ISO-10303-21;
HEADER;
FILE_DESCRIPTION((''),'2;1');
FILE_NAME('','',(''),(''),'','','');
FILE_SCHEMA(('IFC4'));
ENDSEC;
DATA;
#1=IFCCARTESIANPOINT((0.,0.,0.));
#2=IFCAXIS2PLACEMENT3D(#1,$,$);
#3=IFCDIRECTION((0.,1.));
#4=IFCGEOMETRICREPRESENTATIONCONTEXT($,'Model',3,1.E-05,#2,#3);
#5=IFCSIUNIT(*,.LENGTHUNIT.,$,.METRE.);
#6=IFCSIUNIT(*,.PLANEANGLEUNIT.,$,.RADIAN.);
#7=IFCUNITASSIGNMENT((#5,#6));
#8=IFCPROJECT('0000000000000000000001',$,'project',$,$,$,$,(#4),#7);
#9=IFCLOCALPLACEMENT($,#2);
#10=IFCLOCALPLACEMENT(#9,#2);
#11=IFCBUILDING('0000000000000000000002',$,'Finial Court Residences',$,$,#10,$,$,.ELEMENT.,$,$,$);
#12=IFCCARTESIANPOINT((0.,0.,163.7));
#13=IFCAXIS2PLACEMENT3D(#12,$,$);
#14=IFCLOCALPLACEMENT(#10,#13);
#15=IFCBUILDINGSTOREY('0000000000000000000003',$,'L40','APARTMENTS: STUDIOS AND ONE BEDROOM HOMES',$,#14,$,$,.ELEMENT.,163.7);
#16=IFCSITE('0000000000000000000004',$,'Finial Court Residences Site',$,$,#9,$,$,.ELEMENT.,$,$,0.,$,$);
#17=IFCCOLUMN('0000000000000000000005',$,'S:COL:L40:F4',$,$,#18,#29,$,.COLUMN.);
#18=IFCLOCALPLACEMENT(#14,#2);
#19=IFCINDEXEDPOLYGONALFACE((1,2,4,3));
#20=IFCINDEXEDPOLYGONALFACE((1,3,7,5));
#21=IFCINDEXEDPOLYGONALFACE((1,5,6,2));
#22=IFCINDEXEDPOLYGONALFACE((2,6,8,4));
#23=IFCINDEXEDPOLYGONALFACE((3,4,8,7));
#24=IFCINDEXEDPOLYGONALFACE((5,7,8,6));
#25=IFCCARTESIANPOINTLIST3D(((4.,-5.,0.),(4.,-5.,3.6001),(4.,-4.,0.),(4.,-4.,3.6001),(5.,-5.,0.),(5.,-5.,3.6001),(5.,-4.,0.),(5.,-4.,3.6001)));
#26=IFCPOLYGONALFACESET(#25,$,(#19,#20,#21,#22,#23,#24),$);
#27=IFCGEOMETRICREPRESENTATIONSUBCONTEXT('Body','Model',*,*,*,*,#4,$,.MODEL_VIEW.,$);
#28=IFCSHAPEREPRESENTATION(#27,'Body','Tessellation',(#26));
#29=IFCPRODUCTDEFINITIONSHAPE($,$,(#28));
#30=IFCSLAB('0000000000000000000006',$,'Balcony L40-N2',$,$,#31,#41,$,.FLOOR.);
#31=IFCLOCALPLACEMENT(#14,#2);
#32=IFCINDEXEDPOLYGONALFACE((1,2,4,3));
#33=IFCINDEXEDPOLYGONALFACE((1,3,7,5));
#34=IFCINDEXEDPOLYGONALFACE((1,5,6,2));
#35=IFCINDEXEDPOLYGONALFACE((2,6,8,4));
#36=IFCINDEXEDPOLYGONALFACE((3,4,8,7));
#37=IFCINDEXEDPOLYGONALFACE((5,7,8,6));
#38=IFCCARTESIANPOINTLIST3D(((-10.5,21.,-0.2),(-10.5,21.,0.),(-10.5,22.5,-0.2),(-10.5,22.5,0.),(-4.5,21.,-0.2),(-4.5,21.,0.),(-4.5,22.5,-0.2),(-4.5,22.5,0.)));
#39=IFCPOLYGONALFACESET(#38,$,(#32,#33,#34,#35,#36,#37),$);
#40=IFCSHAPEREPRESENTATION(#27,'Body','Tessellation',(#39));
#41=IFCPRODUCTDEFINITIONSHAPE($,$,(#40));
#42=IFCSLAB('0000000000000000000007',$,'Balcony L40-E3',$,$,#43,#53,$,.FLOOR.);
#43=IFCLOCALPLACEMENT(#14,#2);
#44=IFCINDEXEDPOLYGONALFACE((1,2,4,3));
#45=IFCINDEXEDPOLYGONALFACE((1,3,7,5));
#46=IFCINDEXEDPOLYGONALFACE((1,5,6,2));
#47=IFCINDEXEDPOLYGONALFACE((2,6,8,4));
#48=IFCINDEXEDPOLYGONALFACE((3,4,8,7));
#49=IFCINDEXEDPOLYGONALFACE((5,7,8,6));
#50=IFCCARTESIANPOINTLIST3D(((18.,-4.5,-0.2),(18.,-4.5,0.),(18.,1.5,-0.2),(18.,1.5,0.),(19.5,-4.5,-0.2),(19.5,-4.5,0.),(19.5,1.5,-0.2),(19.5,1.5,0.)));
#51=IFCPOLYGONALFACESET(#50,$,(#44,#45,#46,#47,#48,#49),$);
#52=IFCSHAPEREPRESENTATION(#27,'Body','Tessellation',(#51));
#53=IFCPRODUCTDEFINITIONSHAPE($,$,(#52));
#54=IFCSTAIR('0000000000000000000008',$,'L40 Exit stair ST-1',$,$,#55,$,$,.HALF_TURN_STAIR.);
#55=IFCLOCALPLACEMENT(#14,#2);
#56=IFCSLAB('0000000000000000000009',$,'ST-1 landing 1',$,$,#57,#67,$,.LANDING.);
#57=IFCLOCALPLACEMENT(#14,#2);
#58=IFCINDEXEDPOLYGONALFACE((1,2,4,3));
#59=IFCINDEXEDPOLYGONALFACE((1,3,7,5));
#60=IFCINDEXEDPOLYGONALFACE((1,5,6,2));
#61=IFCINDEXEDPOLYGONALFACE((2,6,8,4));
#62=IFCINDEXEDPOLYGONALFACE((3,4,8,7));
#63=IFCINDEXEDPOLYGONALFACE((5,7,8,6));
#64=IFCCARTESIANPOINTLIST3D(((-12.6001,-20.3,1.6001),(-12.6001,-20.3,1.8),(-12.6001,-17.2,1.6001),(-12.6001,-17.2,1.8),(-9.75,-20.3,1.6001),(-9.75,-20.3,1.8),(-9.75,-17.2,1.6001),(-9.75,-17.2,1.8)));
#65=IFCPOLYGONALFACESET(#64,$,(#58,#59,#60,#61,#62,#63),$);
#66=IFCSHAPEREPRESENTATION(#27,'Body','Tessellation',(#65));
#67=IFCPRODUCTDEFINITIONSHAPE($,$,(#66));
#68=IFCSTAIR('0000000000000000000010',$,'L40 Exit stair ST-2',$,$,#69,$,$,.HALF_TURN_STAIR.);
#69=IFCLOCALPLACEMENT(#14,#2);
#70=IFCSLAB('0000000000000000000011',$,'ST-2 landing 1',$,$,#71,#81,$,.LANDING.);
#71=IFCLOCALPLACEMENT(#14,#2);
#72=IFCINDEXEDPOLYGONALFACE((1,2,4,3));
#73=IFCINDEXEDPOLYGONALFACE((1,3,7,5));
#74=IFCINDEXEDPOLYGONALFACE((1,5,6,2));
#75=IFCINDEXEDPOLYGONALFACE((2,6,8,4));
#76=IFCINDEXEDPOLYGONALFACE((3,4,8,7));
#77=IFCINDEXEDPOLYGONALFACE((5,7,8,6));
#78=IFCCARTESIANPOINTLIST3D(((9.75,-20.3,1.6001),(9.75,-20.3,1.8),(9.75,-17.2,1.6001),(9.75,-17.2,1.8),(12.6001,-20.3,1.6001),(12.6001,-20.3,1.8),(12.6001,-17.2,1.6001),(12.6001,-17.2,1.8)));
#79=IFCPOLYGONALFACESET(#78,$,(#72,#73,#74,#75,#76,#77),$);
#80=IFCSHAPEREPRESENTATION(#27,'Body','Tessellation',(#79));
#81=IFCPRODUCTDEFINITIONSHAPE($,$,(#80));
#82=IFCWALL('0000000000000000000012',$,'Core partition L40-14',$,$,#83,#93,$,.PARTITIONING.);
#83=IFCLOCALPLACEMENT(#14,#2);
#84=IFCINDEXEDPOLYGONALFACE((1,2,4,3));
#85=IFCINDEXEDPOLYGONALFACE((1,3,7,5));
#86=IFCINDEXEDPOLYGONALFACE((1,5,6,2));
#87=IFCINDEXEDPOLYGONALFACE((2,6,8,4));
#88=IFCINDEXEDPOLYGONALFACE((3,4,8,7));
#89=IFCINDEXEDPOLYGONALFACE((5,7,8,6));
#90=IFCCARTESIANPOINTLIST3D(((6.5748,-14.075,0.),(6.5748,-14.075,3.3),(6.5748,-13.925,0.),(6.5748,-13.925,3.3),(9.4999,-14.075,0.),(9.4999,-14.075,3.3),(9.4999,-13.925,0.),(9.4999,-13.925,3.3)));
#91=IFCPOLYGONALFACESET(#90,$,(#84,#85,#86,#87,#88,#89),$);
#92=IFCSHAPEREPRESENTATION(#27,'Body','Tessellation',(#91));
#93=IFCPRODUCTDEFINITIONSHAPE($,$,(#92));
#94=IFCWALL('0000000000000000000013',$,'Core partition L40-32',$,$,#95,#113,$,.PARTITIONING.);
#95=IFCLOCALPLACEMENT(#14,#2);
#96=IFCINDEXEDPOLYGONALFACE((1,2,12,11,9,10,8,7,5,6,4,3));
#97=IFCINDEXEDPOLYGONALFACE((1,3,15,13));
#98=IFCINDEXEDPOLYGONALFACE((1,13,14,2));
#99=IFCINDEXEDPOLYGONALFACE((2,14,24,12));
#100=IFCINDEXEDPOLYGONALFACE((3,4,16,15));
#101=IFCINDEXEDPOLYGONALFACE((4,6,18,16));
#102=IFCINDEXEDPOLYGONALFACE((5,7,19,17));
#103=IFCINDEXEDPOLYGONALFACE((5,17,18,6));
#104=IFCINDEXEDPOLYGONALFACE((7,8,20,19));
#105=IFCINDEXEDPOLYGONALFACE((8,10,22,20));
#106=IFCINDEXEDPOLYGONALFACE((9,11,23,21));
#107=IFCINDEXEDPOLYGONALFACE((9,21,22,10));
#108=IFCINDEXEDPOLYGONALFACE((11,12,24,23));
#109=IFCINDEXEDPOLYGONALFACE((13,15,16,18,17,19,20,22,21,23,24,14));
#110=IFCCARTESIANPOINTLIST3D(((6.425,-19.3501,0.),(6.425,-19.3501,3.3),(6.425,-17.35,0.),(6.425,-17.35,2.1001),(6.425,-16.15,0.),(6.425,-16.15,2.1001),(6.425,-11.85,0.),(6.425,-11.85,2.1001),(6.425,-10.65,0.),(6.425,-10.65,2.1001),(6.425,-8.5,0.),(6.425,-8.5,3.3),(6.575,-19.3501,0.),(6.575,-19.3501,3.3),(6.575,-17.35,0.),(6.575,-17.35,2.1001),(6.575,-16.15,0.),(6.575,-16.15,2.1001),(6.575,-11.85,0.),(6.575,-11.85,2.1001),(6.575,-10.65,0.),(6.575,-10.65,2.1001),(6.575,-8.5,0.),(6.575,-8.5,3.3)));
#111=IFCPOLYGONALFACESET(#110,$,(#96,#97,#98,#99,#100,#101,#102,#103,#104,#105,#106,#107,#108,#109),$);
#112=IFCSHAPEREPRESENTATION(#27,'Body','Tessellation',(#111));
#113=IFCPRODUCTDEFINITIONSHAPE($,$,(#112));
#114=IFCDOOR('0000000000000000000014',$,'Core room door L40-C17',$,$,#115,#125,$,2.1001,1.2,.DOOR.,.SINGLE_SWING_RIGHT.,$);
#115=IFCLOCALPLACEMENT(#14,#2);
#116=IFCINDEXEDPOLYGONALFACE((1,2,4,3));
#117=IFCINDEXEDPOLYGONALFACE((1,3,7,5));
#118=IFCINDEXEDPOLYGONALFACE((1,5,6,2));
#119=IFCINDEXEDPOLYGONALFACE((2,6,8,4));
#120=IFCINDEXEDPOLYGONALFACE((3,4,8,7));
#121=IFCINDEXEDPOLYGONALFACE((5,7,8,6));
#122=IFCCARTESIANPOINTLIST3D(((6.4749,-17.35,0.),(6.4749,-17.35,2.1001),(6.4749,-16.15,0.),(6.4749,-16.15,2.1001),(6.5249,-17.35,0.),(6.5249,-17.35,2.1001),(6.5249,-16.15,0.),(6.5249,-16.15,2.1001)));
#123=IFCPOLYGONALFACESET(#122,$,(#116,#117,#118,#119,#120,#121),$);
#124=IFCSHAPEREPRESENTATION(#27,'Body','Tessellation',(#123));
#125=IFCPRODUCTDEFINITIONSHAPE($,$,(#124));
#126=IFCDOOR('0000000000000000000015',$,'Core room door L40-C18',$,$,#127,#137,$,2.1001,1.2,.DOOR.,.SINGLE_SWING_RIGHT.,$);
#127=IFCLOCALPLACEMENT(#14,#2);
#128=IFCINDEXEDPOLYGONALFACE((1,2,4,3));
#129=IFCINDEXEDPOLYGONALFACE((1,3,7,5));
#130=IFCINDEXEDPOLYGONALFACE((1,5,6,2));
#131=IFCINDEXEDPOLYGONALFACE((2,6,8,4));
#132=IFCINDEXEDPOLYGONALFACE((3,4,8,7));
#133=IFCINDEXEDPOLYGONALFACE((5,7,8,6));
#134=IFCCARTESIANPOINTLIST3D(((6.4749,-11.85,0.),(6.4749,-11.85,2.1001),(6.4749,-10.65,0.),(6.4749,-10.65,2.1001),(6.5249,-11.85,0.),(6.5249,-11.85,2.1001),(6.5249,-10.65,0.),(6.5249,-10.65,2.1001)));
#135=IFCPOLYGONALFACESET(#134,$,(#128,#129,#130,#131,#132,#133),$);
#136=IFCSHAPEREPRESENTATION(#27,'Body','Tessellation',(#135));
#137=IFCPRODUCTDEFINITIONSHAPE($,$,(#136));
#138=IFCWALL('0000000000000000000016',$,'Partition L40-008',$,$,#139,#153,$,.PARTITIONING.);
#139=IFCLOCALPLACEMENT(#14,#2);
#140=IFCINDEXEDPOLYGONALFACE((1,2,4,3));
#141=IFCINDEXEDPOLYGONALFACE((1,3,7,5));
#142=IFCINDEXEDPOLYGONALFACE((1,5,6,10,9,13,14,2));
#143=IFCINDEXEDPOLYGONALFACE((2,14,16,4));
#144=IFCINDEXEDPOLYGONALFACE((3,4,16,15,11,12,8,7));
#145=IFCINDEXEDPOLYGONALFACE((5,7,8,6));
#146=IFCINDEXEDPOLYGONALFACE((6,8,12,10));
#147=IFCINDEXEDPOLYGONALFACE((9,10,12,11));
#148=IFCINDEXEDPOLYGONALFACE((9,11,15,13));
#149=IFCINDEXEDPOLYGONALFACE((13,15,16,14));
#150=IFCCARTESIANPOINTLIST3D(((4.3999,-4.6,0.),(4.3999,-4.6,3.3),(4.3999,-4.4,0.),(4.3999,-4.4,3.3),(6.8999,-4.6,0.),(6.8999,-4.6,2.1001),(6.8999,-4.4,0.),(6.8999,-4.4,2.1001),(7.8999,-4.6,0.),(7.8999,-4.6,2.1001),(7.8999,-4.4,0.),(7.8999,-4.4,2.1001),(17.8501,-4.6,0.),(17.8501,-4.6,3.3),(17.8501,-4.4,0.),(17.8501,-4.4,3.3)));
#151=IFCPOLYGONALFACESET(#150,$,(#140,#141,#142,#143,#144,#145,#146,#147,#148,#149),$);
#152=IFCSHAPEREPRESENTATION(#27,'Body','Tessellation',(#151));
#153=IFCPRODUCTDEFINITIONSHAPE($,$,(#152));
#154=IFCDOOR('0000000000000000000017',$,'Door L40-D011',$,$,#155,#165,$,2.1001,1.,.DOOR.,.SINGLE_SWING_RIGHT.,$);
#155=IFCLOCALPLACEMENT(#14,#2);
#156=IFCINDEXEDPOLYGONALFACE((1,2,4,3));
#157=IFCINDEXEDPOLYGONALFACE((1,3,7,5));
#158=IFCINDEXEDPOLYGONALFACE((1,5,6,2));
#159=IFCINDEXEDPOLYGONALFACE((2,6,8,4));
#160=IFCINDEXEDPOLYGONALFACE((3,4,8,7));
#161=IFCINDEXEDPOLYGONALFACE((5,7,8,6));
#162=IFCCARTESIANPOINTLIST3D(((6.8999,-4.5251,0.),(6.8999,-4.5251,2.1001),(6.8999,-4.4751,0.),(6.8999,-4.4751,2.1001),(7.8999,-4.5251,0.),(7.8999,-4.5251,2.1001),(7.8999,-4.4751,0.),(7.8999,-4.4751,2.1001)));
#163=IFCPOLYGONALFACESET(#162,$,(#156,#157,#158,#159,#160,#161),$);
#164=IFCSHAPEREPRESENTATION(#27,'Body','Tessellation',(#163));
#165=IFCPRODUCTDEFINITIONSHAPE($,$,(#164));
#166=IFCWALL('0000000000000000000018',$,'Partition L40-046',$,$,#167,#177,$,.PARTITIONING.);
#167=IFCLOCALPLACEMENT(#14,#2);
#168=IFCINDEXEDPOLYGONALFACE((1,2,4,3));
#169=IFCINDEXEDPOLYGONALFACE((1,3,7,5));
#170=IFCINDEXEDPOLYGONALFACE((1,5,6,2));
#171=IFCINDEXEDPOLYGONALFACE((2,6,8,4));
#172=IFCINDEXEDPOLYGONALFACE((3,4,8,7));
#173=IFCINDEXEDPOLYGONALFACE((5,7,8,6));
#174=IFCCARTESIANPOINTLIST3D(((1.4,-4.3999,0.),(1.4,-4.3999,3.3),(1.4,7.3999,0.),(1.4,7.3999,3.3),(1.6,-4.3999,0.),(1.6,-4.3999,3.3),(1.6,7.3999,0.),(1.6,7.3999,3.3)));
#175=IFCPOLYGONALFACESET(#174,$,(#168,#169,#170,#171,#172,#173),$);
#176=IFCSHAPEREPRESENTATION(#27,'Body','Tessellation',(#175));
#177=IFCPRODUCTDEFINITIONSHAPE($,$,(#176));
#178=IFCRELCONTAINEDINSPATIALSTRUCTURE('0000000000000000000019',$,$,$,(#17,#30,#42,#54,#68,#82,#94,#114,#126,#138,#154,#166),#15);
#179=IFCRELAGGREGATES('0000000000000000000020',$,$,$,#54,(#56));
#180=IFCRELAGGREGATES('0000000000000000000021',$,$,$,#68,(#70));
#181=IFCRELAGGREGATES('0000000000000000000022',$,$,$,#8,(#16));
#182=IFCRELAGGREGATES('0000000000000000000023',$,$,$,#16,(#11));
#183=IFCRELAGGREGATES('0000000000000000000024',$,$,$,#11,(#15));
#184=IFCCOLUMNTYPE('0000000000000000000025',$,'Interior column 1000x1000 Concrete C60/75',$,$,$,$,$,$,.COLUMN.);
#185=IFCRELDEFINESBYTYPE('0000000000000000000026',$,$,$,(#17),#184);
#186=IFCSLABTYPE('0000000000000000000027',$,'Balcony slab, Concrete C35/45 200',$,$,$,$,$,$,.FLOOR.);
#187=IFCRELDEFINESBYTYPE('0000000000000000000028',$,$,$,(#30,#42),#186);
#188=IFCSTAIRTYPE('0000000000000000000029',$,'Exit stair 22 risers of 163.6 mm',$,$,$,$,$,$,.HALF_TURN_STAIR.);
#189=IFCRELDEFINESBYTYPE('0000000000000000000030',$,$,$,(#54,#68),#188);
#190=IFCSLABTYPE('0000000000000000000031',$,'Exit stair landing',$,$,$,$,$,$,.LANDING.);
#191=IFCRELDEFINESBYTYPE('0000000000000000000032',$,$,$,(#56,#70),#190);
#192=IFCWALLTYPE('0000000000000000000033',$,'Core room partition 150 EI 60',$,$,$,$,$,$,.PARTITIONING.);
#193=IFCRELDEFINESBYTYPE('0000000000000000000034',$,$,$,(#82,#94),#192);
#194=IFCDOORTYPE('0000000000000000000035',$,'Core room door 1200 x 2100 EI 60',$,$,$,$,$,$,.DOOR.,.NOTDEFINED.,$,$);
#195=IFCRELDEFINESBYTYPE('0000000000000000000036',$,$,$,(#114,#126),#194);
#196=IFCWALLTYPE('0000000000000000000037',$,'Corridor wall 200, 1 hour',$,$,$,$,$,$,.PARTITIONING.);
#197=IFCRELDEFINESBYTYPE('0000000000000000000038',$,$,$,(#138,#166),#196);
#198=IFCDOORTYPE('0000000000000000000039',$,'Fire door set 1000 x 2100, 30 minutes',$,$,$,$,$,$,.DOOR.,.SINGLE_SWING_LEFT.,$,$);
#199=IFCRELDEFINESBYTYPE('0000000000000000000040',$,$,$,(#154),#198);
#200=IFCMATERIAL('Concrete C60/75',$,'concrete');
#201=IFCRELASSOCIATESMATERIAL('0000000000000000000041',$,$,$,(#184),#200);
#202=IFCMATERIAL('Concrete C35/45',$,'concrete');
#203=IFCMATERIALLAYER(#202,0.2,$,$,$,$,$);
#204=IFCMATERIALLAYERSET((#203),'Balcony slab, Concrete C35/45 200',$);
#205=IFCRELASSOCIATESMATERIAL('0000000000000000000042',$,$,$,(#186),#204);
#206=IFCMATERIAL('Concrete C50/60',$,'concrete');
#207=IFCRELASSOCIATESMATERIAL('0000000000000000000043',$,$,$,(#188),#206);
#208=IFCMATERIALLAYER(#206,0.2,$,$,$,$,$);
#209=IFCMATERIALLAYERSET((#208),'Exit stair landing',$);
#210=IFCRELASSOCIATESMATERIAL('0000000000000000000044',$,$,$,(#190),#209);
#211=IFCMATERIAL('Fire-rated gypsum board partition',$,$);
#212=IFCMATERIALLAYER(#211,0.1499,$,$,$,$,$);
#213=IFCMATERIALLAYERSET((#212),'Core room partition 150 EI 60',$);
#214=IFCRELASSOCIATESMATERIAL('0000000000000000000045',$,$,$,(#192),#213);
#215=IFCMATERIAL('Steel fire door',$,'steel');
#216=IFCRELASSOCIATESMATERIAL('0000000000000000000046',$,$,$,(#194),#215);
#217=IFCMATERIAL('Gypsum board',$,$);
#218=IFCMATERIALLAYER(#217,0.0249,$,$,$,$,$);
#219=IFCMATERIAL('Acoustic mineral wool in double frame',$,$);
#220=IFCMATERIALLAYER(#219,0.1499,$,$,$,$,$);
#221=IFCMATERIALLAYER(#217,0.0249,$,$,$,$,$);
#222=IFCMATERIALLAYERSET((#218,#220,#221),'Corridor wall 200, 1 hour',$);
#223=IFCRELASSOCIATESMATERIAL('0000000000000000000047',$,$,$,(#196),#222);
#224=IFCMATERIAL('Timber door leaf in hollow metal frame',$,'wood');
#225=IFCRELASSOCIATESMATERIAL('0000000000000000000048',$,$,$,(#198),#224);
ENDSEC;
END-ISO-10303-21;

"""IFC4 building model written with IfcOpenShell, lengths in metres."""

from ifc_helpers import new_model, si_unit, direction, frame, frame_2d, origin, origin_2d, place, context, subcontext, project, spatial, polyline, rectangle, outline, extrude, material, layer, layer_set, material_profile, profile_set, type_object, element, fill, aggregate, save


model = new_model("IFC4")

# Units and contexts
model_context = context("Model", 3, precision=1e-05, world=origin(), true_north=direction((0.0, 1.0)))
body_context = subcontext(model_context, "Body", "Model", "MODEL_VIEW")
ifc_project = project(units=[si_unit("LENGTHUNIT", "METRE"), si_unit("PLANEANGLEUNIT", "RADIAN")], contexts=[model_context])

# Site, building, storey
site_placement = place(None, origin())
site = spatial("IfcSite", under=ifc_project, at=site_placement, Name="Finial Court Residences Site", CompositionType="ELEMENT", RefElevation=0.0)
building_placement = place(site_placement, origin())
building = spatial("IfcBuilding", under=site, at=building_placement, Name="Finial Court Residences", CompositionType="ELEMENT")
storey_placement = place(building_placement, frame((0.0, 0.0, 163.7)))
storey = spatial("IfcBuildingStorey", under=building, at=storey_placement, Name="L40", Description="APARTMENTS: STUDIOS AND ONE BEDROOM HOMES", CompositionType="ELEMENT", Elevation=163.7)

# Column
ifc_material_1 = material(Name="Concrete C60/75", Category="concrete")
ifc_material_profile = material_profile(ifc_material_1, rectangle(XDim=1.0, YDim=1.0, at=origin_2d()), Name="1000x1000")
ifc_profile_set = profile_set([ifc_material_profile], Name="Concrete C60/75")
column_type = type_object("IfcColumnType", Name="Interior column 1000x1000 Concrete C60/75", PredefinedType="COLUMN", material=ifc_profile_set)
column_placement = place(storey_placement, frame((4.5, -4.5, 0.0), z_axis=(0.0, 0.0, 1.0), x_axis=(1.0, 0.0, 0.0)))
element("IfcColumn", 1, at=column_placement, inside=storey, type_object=column_type, Name="S:COL:L40:F4", PredefinedType="COLUMN", context=body_context, shape_type="SweptSolid", body=[
    extrude(rectangle(XDim=1.0, YDim=1.0, at=origin_2d()), origin(), (0.0, 0.0, 1.0), 3.6001),
])

# Slabs
ifc_material_2 = material(Name="Concrete C35/45", Category="concrete")
ifc_layer_1 = layer(ifc_material_2, 0.2)
ifc_layer_set_1 = layer_set([ifc_layer_1], Name="Balcony slab, Concrete C35/45 200")
slab_type_1 = type_object("IfcSlabType", Name="Balcony slab, Concrete C35/45 200", PredefinedType="FLOOR", material=ifc_layer_set_1)
slab_1_placement = place(storey_placement, frame((0.0, 0.0, -0.2)))
element("IfcSlab", 2, at=slab_1_placement, inside=storey, type_object=slab_type_1, Name="Balcony L40-N2", PredefinedType="FLOOR", context=body_context, shape_type="SweptSolid", body=[
    extrude(outline(polyline([(-4.5, 21.0), (-4.5, 22.5), (-10.5, 22.5), (-10.5, 21.0), (-4.5, 21.0)])), origin(), (0.0, 0.0, 1.0), 0.2),
])
slab_2_placement = place(storey_placement, frame((0.0, 0.0, -0.2)))
element("IfcSlab", 3, at=slab_2_placement, inside=storey, type_object=slab_type_1, Name="Balcony L40-E3", PredefinedType="FLOOR", context=body_context, shape_type="SweptSolid", body=[
    extrude(outline(polyline([(19.5, -4.5), (19.5, 1.5), (18.0, 1.5), (18.0, -4.5), (19.5, -4.5)])), origin(), (0.0, 0.0, 1.0), 0.2),
])

# Stairs, slabs
ifc_material_3 = material(Name="Concrete C50/60", Category="concrete")
stair_type = type_object("IfcStairType", Name="Exit stair 22 risers of 163.6 mm", PredefinedType="HALF_TURN_STAIR", material=ifc_material_3)
stair_1_placement = place(storey_placement, origin())
stair_1 = element("IfcStair", 4, at=stair_1_placement, inside=storey, type_object=stair_type, Name="L40 Exit stair ST-1", PredefinedType="HALF_TURN_STAIR")
ifc_layer_2 = layer(ifc_material_3, 0.2)
ifc_layer_set_2 = layer_set([ifc_layer_2], Name="Exit stair landing")
slab_type_2 = type_object("IfcSlabType", Name="Exit stair landing", PredefinedType="LANDING", material=ifc_layer_set_2)
slab_3_placement = place(storey_placement, frame((0.0, 0.0, 1.6001)))
slab_3 = element("IfcSlab", 5, at=slab_3_placement, type_object=slab_type_2, Name="ST-1 landing 1", PredefinedType="LANDING", context=body_context, shape_type="SweptSolid", body=[
    extrude(outline(polyline([(-9.75, -20.3), (-9.75, -17.2), (-12.6001, -17.2), (-12.6001, -20.3), (-9.75, -20.3)])), origin(), (0.0, 0.0, 1.0), 0.2),
])
aggregate(stair_1, [slab_3])
stair_2_placement = place(storey_placement, origin())
stair_2 = element("IfcStair", 6, at=stair_2_placement, inside=storey, type_object=stair_type, Name="L40 Exit stair ST-2", PredefinedType="HALF_TURN_STAIR")
slab_4_placement = place(storey_placement, frame((0.0, 0.0, 1.6001)))
slab_4 = element("IfcSlab", 7, at=slab_4_placement, type_object=slab_type_2, Name="ST-2 landing 1", PredefinedType="LANDING", context=body_context, shape_type="SweptSolid", body=[
    extrude(outline(polyline([(12.6001, -20.3), (12.6001, -17.2), (9.75, -17.2), (9.75, -20.3), (12.6001, -20.3)])), origin(), (0.0, 0.0, 1.0), 0.2),
])
aggregate(stair_2, [slab_4])

# Wall
ifc_material_4 = material(Name="Fire-rated gypsum board partition")
ifc_layer_3 = layer(ifc_material_4, 0.1499)
ifc_layer_set_3 = layer_set([ifc_layer_3], Name="Core room partition 150 EI 60")
wall_type_1 = type_object("IfcWallType", Name="Core room partition 150 EI 60", PredefinedType="PARTITIONING", material=ifc_layer_set_3)
wall_1_placement = place(storey_placement, frame((6.575, -14.0, 0.0), z_axis=(0.0, 0.0, 1.0), x_axis=(1.0, 0.0, 0.0)))
element("IfcWall", 8, at=wall_1_placement, inside=storey, type_object=wall_type_1, Name="Core partition L40-14", PredefinedType="PARTITIONING", context=body_context, shape_type="SweptSolid", body=[
    extrude(rectangle(XDim=2.925, YDim=0.1499, at=frame_2d((1.4624, 0.0))), origin(), (0.0, 0.0, 1.0), 3.3),
])

# Wall, openings, doors
wall_2_placement = place(storey_placement, frame((6.5, -8.5, 0.0), z_axis=(0.0, 0.0, 1.0), x_axis=(0.0, -1.0, 0.0)))
wall_2 = element("IfcWall", 9, at=wall_2_placement, inside=storey, type_object=wall_type_1, Name="Core partition L40-32", PredefinedType="PARTITIONING", context=body_context, shape_type="SweptSolid", body=[
    extrude(rectangle(XDim=10.8501, YDim=0.1499, at=frame_2d((5.425, 0.0))), origin(), (0.0, 0.0, 1.0), 3.3),
])
opening_1_placement = place(wall_2_placement, frame((7.6499, 0.0, 0.0)))
opening_1 = element("IfcOpeningElement", 10, at=opening_1_placement, cuts=wall_2, PredefinedType="OPENING", context=body_context, shape_type="SweptSolid", body=[
    extrude(rectangle(XDim=1.2, YDim=2.1001, at=frame_2d((0.6001, 1.05))), frame((0.0, 0.085, 0.0), z_axis=(0.0, -1.0, 0.0), x_axis=(1.0, 0.0, 0.0)), (0.0, 0.0, 1.0), 0.1699),
])
opening_2_placement = place(wall_2_placement, frame((2.1499, 0.0, 0.0)))
opening_2 = element("IfcOpeningElement", 11, at=opening_2_placement, cuts=wall_2, PredefinedType="OPENING", context=body_context, shape_type="SweptSolid", body=[
    extrude(rectangle(XDim=1.2, YDim=2.1001, at=frame_2d((0.6001, 1.05))), frame((0.0, 0.085, 0.0), z_axis=(0.0, -1.0, 0.0), x_axis=(1.0, 0.0, 0.0)), (0.0, 0.0, 1.0), 0.1699),
])
ifc_material_5 = material(Name="Steel fire door", Category="steel")
door_type_1 = type_object("IfcDoorType", Name="Core room door 1200 x 2100 EI 60", OperationType="NOTDEFINED", PredefinedType="DOOR", material=ifc_material_5)
door_1_placement = place(opening_1_placement, origin())
door_1 = element("IfcDoor", 12, at=door_1_placement, inside=storey, type_object=door_type_1, Name="Core room door L40-C17", OperationType="SINGLE_SWING_RIGHT", OverallHeight=2.1001, OverallWidth=1.2, PredefinedType="DOOR", context=body_context, shape_type="SweptSolid", body=[
    extrude(rectangle(XDim=1.2, YDim=2.1001, at=frame_2d((0.6001, 1.05))), frame((0.0, 0.0249, 0.0), z_axis=(0.0, -1.0, 0.0), x_axis=(1.0, 0.0, 0.0)), (0.0, 0.0, 1.0), 0.05),
])
fill(opening_1, door_1)
door_2_placement = place(opening_2_placement, origin())
door_2 = element("IfcDoor", 13, at=door_2_placement, inside=storey, type_object=door_type_1, Name="Core room door L40-C18", OperationType="SINGLE_SWING_RIGHT", OverallHeight=2.1001, OverallWidth=1.2, PredefinedType="DOOR", context=body_context, shape_type="SweptSolid", body=[
    extrude(rectangle(XDim=1.2, YDim=2.1001, at=frame_2d((0.6001, 1.05))), frame((0.0, 0.0249, 0.0), z_axis=(0.0, -1.0, 0.0), x_axis=(1.0, 0.0, 0.0)), (0.0, 0.0, 1.0), 0.05),
])
fill(opening_2, door_2)

# Wall, opening, door
ifc_material_6 = material(Name="Gypsum board")
ifc_layer_4 = layer(ifc_material_6, 0.0249)
ifc_material_7 = material(Name="Acoustic mineral wool in double frame")
ifc_layer_5 = layer(ifc_material_7, 0.1499)
ifc_layer_6 = layer(ifc_material_6, 0.0249)
ifc_layer_set_4 = layer_set([ifc_layer_4, ifc_layer_5, ifc_layer_6], Name="Corridor wall 200, 1 hour")
wall_type_2 = type_object("IfcWallType", Name="Corridor wall 200, 1 hour", PredefinedType="PARTITIONING", material=ifc_layer_set_4)
wall_3_placement = place(storey_placement, frame((4.3999, -4.5, 0.0), z_axis=(0.0, 0.0, 1.0), x_axis=(1.0, 0.0, 0.0)))
wall_3 = element("IfcWall", 14, at=wall_3_placement, inside=storey, type_object=wall_type_2, Name="Partition L40-008", PredefinedType="PARTITIONING", context=body_context, shape_type="SweptSolid", body=[
    extrude(rectangle(XDim=13.4502, YDim=0.2, at=frame_2d((6.7251, 0.0))), origin(), (0.0, 0.0, 1.0), 3.3),
])
opening_3_placement = place(wall_3_placement, frame((2.5, 0.0, 0.0)))
opening_3 = element("IfcOpeningElement", 15, at=opening_3_placement, cuts=wall_3, PredefinedType="OPENING", context=body_context, shape_type="SweptSolid", body=[
    extrude(rectangle(XDim=1.0, YDim=2.1001, at=frame_2d((0.5, 1.05))), frame((0.0, 0.1099, 0.0), z_axis=(0.0, -1.0, 0.0), x_axis=(1.0, 0.0, 0.0)), (0.0, 0.0, 1.0), 0.22),
])
ifc_material_8 = material(Name="Timber door leaf in hollow metal frame", Category="wood")
door_type_2 = type_object("IfcDoorType", Name="Fire door set 1000 x 2100, 30 minutes", OperationType="SINGLE_SWING_LEFT", PredefinedType="DOOR", material=ifc_material_8)
door_3_placement = place(opening_3_placement, origin())
door_3 = element("IfcDoor", 16, at=door_3_placement, inside=storey, type_object=door_type_2, Name="Door L40-D011", OperationType="SINGLE_SWING_RIGHT", OverallHeight=2.1001, OverallWidth=1.0, PredefinedType="DOOR", context=body_context, shape_type="SweptSolid", body=[
    extrude(rectangle(XDim=1.0, YDim=2.1001, at=frame_2d((0.5, 1.05))), frame((0.0, 0.0249, 0.0), z_axis=(0.0, -1.0, 0.0), x_axis=(1.0, 0.0, 0.0)), (0.0, 0.0, 1.0), 0.05),
])
fill(opening_3, door_3)

# Wall
wall_4_placement = place(storey_placement, frame((1.5, -4.3999, 0.0), z_axis=(0.0, 0.0, 1.0), x_axis=(0.0, 1.0, 0.0)))
element("IfcWall", 17, at=wall_4_placement, inside=storey, type_object=wall_type_2, Name="Partition L40-046", PredefinedType="PARTITIONING", context=body_context, shape_type="SweptSolid", body=[
    extrude(rectangle(XDim=11.7998, YDim=0.2, at=frame_2d((5.8999, 0.0))), origin(), (0.0, 0.0, 1.0), 3.3),
])

save(model, "model.ifc")
